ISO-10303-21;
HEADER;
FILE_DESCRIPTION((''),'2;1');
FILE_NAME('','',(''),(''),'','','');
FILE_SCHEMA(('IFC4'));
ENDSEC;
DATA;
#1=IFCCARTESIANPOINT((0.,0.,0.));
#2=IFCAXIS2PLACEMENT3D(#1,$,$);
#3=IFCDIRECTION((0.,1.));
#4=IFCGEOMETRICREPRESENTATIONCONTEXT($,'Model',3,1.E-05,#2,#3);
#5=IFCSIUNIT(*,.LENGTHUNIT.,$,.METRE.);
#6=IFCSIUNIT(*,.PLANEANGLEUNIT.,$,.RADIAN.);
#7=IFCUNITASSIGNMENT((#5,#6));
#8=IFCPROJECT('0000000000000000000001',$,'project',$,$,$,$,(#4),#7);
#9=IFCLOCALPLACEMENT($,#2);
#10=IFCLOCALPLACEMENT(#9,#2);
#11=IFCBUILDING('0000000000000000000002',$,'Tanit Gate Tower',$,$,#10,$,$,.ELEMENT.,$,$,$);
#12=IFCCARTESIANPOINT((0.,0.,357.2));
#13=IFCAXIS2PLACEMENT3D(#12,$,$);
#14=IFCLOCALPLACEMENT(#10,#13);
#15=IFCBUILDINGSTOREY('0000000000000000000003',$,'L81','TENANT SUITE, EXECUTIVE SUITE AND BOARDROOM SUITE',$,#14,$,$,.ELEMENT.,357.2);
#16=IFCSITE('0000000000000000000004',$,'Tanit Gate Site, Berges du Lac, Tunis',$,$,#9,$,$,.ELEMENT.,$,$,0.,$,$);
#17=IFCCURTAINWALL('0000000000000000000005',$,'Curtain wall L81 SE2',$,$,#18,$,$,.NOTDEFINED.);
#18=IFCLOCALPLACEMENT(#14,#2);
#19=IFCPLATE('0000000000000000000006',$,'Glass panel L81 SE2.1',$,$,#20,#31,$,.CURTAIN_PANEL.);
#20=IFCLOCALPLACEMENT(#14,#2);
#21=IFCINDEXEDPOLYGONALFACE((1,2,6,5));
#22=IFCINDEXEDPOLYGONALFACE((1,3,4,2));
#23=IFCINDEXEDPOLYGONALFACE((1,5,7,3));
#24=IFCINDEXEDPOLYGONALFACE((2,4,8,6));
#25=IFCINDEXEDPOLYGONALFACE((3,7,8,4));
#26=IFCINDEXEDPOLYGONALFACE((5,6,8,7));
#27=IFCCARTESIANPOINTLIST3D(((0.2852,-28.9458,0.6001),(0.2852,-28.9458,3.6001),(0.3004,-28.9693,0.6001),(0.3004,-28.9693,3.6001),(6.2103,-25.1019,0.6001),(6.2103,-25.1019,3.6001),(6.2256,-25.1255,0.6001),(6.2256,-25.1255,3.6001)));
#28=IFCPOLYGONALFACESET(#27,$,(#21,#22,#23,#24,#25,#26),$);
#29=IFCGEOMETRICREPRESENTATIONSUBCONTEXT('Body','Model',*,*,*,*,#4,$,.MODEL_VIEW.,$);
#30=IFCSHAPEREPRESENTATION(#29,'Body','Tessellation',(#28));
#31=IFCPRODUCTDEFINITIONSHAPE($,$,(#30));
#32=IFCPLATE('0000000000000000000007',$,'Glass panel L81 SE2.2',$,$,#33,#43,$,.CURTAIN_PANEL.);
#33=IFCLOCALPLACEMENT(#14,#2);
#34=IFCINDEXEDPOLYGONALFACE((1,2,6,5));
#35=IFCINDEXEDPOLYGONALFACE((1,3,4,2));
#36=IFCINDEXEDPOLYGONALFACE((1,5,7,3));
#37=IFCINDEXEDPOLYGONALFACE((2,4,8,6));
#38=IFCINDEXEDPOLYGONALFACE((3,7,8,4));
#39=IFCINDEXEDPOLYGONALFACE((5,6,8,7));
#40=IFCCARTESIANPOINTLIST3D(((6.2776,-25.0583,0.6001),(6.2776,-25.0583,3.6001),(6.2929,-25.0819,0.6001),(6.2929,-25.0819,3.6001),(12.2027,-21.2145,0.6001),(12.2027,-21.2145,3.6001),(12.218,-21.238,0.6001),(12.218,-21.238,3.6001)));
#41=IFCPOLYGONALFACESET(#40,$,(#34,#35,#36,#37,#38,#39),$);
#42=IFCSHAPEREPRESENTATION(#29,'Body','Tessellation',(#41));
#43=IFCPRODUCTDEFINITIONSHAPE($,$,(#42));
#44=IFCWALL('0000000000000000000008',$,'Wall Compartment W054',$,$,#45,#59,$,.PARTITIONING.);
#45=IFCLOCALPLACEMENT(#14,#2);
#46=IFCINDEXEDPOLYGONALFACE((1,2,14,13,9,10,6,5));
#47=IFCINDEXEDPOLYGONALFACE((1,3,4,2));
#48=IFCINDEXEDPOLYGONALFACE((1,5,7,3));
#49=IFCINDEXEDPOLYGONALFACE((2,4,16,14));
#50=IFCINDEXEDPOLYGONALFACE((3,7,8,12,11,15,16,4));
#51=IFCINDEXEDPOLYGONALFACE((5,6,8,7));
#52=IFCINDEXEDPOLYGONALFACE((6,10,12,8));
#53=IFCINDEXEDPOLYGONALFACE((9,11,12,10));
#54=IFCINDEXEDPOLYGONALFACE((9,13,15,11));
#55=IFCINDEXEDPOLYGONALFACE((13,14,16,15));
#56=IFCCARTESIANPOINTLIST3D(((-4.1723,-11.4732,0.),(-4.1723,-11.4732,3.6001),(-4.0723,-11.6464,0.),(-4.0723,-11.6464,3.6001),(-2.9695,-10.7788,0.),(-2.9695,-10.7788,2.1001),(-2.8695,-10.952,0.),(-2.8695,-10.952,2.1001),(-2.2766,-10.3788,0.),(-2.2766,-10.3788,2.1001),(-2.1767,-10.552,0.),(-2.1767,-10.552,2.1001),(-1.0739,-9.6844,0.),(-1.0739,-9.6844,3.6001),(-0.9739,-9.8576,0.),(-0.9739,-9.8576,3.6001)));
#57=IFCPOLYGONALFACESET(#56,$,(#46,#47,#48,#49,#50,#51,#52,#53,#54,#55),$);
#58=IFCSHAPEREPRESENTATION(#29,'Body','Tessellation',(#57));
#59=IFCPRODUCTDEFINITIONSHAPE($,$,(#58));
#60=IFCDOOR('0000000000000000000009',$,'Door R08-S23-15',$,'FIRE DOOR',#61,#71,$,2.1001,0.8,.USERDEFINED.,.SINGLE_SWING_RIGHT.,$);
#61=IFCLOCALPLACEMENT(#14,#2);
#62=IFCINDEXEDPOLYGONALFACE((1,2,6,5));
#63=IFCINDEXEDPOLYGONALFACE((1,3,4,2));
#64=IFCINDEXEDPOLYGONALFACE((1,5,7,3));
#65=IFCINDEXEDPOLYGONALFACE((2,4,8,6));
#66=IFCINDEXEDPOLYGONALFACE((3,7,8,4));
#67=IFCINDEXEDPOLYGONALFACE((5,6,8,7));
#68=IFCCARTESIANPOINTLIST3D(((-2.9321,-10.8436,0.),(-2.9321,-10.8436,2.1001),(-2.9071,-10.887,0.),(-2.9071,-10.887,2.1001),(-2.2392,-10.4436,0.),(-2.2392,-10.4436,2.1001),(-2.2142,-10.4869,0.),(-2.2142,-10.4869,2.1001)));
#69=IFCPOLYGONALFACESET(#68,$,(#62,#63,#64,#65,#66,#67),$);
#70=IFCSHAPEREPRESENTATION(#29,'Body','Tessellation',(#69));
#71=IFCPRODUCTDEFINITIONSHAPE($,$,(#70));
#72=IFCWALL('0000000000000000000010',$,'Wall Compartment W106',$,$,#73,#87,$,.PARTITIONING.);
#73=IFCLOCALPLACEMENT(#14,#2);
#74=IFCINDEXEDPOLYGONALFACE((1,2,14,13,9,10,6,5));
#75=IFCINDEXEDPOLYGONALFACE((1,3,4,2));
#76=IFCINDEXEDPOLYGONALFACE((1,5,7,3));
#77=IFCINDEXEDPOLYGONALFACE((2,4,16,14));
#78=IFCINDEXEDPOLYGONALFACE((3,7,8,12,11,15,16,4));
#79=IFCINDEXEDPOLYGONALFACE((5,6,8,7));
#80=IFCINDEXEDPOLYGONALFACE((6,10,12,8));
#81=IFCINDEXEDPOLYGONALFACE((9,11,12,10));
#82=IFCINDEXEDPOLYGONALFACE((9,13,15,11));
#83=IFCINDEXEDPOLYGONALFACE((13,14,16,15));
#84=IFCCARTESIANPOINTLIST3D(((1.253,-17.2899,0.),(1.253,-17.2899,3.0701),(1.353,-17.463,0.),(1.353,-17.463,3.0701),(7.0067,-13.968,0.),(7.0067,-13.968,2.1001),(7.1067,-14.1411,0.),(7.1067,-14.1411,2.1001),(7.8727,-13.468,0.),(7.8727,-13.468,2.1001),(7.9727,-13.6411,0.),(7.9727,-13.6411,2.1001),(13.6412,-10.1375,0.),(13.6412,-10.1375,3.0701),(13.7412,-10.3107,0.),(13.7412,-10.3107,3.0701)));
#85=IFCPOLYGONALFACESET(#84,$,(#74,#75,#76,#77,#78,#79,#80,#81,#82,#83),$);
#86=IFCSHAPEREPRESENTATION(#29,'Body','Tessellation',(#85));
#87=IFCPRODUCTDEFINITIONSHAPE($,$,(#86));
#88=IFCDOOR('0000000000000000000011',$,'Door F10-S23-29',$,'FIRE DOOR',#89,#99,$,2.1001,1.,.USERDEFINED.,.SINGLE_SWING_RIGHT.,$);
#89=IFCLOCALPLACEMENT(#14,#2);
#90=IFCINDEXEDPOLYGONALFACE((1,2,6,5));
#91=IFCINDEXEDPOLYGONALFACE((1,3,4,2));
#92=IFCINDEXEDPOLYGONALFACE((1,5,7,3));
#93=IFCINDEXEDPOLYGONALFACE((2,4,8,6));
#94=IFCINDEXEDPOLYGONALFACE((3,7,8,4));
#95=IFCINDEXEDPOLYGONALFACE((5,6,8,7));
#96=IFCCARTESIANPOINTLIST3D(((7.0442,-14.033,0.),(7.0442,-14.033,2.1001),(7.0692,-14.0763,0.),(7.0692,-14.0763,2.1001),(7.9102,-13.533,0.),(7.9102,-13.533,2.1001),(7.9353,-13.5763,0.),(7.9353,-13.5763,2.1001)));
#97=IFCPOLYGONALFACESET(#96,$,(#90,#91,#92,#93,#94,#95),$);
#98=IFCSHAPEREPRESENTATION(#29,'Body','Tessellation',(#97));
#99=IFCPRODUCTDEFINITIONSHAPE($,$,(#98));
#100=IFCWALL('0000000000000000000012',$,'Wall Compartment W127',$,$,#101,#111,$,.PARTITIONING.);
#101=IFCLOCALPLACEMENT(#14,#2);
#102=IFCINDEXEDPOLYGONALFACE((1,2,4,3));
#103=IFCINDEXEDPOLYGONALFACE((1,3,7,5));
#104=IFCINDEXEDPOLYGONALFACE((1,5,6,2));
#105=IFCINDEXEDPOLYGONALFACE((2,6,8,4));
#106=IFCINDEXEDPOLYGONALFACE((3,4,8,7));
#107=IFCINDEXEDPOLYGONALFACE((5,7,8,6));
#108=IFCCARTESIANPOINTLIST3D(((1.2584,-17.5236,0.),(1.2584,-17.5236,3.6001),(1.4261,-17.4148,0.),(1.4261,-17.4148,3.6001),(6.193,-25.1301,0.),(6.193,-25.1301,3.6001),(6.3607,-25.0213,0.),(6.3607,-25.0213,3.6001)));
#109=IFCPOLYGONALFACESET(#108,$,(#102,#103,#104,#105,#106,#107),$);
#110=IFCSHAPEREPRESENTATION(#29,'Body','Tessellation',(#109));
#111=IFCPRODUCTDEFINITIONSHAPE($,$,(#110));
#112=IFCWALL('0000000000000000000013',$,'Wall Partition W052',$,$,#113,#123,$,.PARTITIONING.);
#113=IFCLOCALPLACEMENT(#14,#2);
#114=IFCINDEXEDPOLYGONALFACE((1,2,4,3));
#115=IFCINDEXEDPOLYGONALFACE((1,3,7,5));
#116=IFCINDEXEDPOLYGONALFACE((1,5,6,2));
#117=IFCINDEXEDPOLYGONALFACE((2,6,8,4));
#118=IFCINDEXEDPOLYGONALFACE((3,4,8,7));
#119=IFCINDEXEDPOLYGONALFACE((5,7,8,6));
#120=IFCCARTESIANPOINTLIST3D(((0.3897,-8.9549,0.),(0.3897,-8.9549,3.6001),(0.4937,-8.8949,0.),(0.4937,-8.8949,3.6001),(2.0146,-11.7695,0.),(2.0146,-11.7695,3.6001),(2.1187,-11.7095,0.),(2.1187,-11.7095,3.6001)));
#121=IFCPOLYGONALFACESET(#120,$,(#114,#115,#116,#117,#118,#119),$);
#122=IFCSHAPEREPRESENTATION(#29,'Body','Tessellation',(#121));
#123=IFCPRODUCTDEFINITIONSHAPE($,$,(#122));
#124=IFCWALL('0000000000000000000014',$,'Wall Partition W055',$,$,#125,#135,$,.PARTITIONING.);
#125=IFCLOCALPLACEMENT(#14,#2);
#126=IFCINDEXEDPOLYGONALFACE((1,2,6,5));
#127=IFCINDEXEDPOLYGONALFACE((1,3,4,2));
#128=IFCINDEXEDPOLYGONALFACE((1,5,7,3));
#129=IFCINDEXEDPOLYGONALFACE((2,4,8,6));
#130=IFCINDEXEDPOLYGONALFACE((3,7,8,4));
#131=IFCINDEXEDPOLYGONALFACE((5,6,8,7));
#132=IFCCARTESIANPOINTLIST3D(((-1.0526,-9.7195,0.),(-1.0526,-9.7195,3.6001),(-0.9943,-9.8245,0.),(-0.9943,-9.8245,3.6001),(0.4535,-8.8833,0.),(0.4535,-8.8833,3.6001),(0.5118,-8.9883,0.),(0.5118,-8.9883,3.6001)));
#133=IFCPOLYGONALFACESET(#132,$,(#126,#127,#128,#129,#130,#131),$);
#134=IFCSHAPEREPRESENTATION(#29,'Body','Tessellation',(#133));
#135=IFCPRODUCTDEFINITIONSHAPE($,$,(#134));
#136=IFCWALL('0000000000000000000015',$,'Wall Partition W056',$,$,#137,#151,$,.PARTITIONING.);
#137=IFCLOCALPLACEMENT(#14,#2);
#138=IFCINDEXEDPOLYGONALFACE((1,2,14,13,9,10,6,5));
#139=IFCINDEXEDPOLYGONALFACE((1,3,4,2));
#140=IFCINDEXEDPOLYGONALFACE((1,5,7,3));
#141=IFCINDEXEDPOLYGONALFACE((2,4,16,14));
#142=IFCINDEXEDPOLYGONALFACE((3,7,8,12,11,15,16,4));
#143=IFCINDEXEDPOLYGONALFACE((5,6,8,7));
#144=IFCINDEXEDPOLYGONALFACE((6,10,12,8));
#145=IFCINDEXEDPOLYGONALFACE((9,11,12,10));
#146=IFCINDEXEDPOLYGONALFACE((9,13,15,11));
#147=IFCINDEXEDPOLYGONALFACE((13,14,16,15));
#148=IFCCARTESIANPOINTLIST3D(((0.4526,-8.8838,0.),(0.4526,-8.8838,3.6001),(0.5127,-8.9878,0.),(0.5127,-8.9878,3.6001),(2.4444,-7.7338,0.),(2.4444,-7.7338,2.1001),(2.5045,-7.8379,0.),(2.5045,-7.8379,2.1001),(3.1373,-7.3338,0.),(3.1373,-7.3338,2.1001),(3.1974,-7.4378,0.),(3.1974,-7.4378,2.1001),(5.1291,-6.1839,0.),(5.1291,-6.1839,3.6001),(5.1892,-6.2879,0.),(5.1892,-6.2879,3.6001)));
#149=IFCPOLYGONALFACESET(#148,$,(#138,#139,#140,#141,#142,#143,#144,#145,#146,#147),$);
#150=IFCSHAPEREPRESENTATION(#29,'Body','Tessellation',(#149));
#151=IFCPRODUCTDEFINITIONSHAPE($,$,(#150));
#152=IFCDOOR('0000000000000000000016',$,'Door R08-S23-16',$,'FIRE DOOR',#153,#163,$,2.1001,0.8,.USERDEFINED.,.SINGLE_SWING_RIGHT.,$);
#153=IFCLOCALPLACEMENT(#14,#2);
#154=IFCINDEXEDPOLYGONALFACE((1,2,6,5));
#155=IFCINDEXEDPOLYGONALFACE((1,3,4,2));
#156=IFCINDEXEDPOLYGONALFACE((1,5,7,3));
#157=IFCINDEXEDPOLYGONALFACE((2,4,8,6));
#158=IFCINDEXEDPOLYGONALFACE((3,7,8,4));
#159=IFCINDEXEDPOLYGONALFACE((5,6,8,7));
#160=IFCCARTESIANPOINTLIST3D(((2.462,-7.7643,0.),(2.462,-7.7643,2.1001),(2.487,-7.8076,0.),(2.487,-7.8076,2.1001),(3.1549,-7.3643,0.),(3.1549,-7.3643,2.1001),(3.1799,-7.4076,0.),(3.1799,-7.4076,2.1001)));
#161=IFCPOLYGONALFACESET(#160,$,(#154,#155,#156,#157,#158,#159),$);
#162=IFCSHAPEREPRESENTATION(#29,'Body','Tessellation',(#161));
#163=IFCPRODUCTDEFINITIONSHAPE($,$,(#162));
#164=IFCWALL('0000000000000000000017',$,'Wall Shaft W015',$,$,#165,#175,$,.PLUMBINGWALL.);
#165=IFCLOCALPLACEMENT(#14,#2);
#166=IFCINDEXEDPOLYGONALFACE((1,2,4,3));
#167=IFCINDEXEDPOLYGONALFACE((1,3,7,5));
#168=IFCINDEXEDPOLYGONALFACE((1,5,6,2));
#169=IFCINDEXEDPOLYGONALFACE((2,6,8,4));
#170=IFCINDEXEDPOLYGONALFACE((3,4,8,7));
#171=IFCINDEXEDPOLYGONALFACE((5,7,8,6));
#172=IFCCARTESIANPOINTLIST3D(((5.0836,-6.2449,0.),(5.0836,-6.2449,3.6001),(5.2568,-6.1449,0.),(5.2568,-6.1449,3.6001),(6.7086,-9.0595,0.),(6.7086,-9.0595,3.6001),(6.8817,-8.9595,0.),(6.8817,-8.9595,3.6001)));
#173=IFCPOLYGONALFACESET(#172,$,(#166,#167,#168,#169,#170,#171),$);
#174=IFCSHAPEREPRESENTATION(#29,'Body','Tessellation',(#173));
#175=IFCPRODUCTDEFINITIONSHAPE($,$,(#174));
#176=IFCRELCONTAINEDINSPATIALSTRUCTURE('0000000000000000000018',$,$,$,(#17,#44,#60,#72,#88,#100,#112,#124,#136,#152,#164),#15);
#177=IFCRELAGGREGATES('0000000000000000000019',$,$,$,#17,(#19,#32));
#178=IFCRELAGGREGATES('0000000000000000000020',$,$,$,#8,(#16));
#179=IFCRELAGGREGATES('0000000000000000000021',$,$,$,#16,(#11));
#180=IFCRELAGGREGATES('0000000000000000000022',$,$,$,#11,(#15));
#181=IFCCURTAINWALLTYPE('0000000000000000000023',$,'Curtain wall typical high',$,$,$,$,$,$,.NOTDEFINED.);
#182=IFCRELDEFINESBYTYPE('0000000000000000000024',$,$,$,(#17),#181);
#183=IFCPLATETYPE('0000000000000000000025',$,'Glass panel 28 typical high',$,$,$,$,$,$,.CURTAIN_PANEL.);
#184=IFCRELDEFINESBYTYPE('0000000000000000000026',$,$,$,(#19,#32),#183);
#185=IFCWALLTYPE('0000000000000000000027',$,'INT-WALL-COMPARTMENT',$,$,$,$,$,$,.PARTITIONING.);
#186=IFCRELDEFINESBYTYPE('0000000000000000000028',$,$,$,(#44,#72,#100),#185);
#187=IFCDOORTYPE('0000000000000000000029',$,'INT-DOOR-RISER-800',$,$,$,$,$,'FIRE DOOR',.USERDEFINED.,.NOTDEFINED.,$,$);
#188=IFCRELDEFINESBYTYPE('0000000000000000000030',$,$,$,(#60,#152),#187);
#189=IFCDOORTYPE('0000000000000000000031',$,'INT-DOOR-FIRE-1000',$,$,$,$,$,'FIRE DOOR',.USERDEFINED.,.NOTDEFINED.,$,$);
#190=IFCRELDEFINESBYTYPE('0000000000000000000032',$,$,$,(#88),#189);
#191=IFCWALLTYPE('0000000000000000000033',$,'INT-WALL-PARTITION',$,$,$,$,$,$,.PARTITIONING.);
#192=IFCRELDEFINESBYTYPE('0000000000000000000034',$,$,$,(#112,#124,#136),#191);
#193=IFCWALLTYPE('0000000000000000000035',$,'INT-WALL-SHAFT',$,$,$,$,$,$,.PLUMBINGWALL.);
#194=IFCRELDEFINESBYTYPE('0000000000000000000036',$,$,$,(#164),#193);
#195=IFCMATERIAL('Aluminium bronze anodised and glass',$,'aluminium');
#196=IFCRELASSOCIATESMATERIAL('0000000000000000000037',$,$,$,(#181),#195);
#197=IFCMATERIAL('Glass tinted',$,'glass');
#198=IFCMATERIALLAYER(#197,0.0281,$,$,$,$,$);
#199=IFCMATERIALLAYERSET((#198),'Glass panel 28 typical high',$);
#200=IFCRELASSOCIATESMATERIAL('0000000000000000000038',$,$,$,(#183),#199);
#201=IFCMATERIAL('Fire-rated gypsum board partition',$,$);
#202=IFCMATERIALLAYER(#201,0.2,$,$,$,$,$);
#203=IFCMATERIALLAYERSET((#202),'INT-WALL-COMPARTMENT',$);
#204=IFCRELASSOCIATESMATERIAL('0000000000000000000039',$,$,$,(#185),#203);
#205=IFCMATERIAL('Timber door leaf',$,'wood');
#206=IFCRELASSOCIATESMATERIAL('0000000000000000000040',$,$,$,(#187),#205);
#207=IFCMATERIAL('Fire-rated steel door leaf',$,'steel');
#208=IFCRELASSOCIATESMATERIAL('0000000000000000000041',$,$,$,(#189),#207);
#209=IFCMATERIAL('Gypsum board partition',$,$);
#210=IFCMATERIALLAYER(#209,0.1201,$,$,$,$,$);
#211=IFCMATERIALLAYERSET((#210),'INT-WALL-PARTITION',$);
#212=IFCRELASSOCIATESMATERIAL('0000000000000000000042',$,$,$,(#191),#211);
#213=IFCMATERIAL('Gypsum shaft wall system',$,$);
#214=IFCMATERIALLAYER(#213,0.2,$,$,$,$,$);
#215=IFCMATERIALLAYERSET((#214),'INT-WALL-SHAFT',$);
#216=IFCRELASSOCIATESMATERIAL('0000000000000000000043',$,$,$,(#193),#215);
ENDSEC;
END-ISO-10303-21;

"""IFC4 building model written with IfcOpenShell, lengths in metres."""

from ifc_helpers import new_model, si_unit, direction, frame, frame_2d, origin, origin_2d, place, context, subcontext, project, spatial, rectangle, extrude, material, layer, layer_set, type_object, element, fill, aggregate, save


model = new_model("IFC4")

# Units and contexts
model_context = context("Model", 3, precision=1e-05, world=origin(), true_north=direction((0.0, 1.0)))
body_context = subcontext(model_context, "Body", "Model", "MODEL_VIEW")
ifc_project = project(units=[si_unit("LENGTHUNIT", "METRE"), si_unit("PLANEANGLEUNIT", "RADIAN")], contexts=[model_context])

# Site, building, storey
site_placement = place(None, origin())
site = spatial("IfcSite", under=ifc_project, at=site_placement, Name="Tanit Gate Site, Berges du Lac, Tunis", CompositionType="ELEMENT", RefElevation=0.0)
building_placement = place(site_placement, origin())
building = spatial("IfcBuilding", under=site, at=building_placement, Name="Tanit Gate Tower", CompositionType="ELEMENT")
storey_placement = place(building_placement, frame((0.0, 0.0, 357.2)))
storey = spatial("IfcBuildingStorey", under=building, at=storey_placement, Name="L81", Description="TENANT SUITE, EXECUTIVE SUITE AND BOARDROOM SUITE", CompositionType="ELEMENT", Elevation=357.2)

# Curtain wall
ifc_material_1 = material(Name="Aluminium bronze anodised and glass", Category="aluminium")
curtain_wall_type = type_object("IfcCurtainWallType", Name="Curtain wall typical high", PredefinedType="NOTDEFINED", material=ifc_material_1)
curtain_wall_1_placement = place(storey_placement, origin())
curtain_wall_1 = element("IfcCurtainWall", 1, at=curtain_wall_1_placement, inside=storey, type_object=curtain_wall_type, Name="Curtain wall L81 SE2", PredefinedType="NOTDEFINED")

# Plates
ifc_material_2 = material(Name="Glass tinted", Category="glass")
ifc_layer_1 = layer(ifc_material_2, 0.0281)
ifc_layer_set_1 = layer_set([ifc_layer_1], Name="Glass panel 28 typical high")
plate_type = type_object("IfcPlateType", Name="Glass panel 28 typical high", PredefinedType="CURTAIN_PANEL", material=ifc_layer_set_1)
plate_1_placement = place(storey_placement, frame((3.2554, -27.0356, 0.6001), z_axis=(0.0, 0.0, 1.0), x_axis=(0.838927, 0.544243, 0.0)))
plate_1 = element("IfcPlate", 2, at=plate_1_placement, type_object=plate_type, Name="Glass panel L81 SE2.1", PredefinedType="CURTAIN_PANEL", context=body_context, shape_type="SweptSolid", body=[
    extrude(rectangle(XDim=7.0627, YDim=0.0281, at=origin_2d()), origin(), (0.0, 0.0, 1.0), 3.0),
])
plate_2_placement = place(storey_placement, frame((9.2478, -23.1482, 0.6001), z_axis=(0.0, 0.0, 1.0), x_axis=(0.838927, 0.544243, 0.0)))
plate_2 = element("IfcPlate", 3, at=plate_2_placement, type_object=plate_type, Name="Glass panel L81 SE2.2", PredefinedType="CURTAIN_PANEL", context=body_context, shape_type="SweptSolid", body=[
    extrude(rectangle(XDim=7.0627, YDim=0.0281, at=origin_2d()), origin(), (0.0, 0.0, 1.0), 3.0),
])
aggregate(curtain_wall_1, [plate_1, plate_2])

# Walls, openings, doors
ifc_material_3 = material(Name="Fire-rated gypsum board partition")
ifc_layer_2 = layer(ifc_material_3, 0.2)
ifc_layer_set_2 = layer_set([ifc_layer_2], Name="INT-WALL-COMPARTMENT")
wall_type_1 = type_object("IfcWallType", Name="INT-WALL-COMPARTMENT", PredefinedType="PARTITIONING", material=ifc_layer_set_2)
wall_1_placement = place(storey_placement, frame((-1.0239, -9.771, 0.0), z_axis=(0.0, 0.0, 1.0), x_axis=(-0.86603, -0.499992, 0.0)))
wall_1 = element("IfcWall", 4, at=wall_1_placement, inside=storey, type_object=wall_type_1, Name="Wall Compartment W054", PredefinedType="PARTITIONING", context=body_context, shape_type="SweptSolid", body=[
    extrude(rectangle(XDim=3.5776, YDim=0.2, at=frame_2d((1.7888, 0.0))), origin(), (0.0, 0.0, 1.0), 3.6001),
])
opening_1_placement = place(wall_1_placement, frame((1.3889, 0.0, 0.0)))
opening_1 = element("IfcOpeningElement", 5, at=opening_1_placement, cuts=wall_1, PredefinedType="OPENING", context=body_context, shape_type="SweptSolid", body=[
    extrude(rectangle(XDim=0.8, YDim=2.1001, at=frame_2d((0.3999, 1.05))), frame((0.0, 0.1099, 0.0), z_axis=(0.0, -1.0, 0.0), x_axis=(1.0, 0.0, 0.0)), (0.0, 0.0, 1.0), 0.22),
])
ifc_material_4 = material(Name="Timber door leaf", Category="wood")
door_type_1 = type_object("IfcDoorType", Name="INT-DOOR-RISER-800", ElementType="FIRE DOOR", OperationType="NOTDEFINED", PredefinedType="USERDEFINED", material=ifc_material_4)
door_1_placement = place(opening_1_placement, origin())
door_1 = element("IfcDoor", 6, at=door_1_placement, inside=storey, type_object=door_type_1, Name="Door R08-S23-15", ObjectType="FIRE DOOR", OperationType="SINGLE_SWING_RIGHT", OverallHeight=2.1001, OverallWidth=0.8, PredefinedType="USERDEFINED", context=body_context, shape_type="SweptSolid", body=[
    extrude(rectangle(XDim=0.8, YDim=2.1001, at=frame_2d((0.3999, 1.05))), frame((0.0, 0.0249, 0.0), z_axis=(0.0, -1.0, 0.0), x_axis=(1.0, 0.0, 0.0)), (0.0, 0.0, 1.0), 0.05),
])
fill(opening_1, door_1)
wall_2_placement = place(storey_placement, frame((1.303, -17.3765, 0.0), z_axis=(0.0, 0.0, 1.0), x_axis=(0.866025, 0.500001, 0.0)))
wall_2 = element("IfcWall", 7, at=wall_2_placement, inside=storey, type_object=wall_type_1, Name="Wall Compartment W106", PredefinedType="PARTITIONING", context=body_context, shape_type="SweptSolid", body=[
    extrude(rectangle(XDim=14.3047, YDim=0.2, at=frame_2d((7.1523, 0.0))), origin(), (0.0, 0.0, 1.0), 3.0701),
])
opening_2_placement = place(wall_2_placement, frame((6.6438, 0.0, 0.0)))
opening_2 = element("IfcOpeningElement", 8, at=opening_2_placement, cuts=wall_2, PredefinedType="OPENING", context=body_context, shape_type="SweptSolid", body=[
    extrude(rectangle(XDim=1.0, YDim=2.1001, at=frame_2d((0.5, 1.05))), frame((0.0, 0.1099, 0.0), z_axis=(0.0, -1.0, 0.0), x_axis=(1.0, 0.0, 0.0)), (0.0, 0.0, 1.0), 0.22),
])
ifc_material_5 = material(Name="Fire-rated steel door leaf", Category="steel")
door_type_2 = type_object("IfcDoorType", Name="INT-DOOR-FIRE-1000", ElementType="FIRE DOOR", OperationType="NOTDEFINED", PredefinedType="USERDEFINED", material=ifc_material_5)
door_2_placement = place(opening_2_placement, origin())
door_2 = element("IfcDoor", 9, at=door_2_placement, inside=storey, type_object=door_type_2, Name="Door F10-S23-29", ObjectType="FIRE DOOR", OperationType="SINGLE_SWING_RIGHT", OverallHeight=2.1001, OverallWidth=1.0, PredefinedType="USERDEFINED", context=body_context, shape_type="SweptSolid", body=[
    extrude(rectangle(XDim=1.0, YDim=2.1001, at=frame_2d((0.5, 1.05))), frame((0.0, 0.0249, 0.0), z_axis=(0.0, -1.0, 0.0), x_axis=(1.0, 0.0, 0.0)), (0.0, 0.0, 1.0), 0.05),
])
fill(opening_2, door_2)

# Walls
wall_3_placement = place(storey_placement, frame((6.2769, -25.0757, 0.0), z_axis=(0.0, 0.0, 1.0), x_axis=(-0.544242, 0.838928, 0.0)))
element("IfcWall", 10, at=wall_3_placement, inside=storey, type_object=wall_type_1, Name="Wall Compartment W127", PredefinedType="PARTITIONING", context=body_context, shape_type="SweptSolid", body=[
    extrude(rectangle(XDim=9.0669, YDim=0.2, at=frame_2d((4.5334, 0.0))), origin(), (0.0, 0.0, 1.0), 3.6001),
])
ifc_material_6 = material(Name="Gypsum board partition")
ifc_layer_3 = layer(ifc_material_6, 0.1201)
ifc_layer_set_3 = layer_set([ifc_layer_3], Name="INT-WALL-PARTITION")
wall_type_2 = type_object("IfcWallType", Name="INT-WALL-PARTITION", PredefinedType="PARTITIONING", material=ifc_layer_set_3)
wall_4_placement = place(storey_placement, frame((2.0667, -11.7395, 0.0), z_axis=(0.0, 0.0, 1.0), x_axis=(-0.499985, 0.866034, 0.0)))
element("IfcWall", 11, at=wall_4_placement, inside=storey, type_object=wall_type_2, Name="Wall Partition W052", PredefinedType="PARTITIONING", context=body_context, shape_type="SweptSolid", body=[
    extrude(rectangle(XDim=3.25, YDim=0.1201, at=frame_2d((1.625, 0.0))), origin(), (0.0, 0.0, 1.0), 3.6001),
])
wall_5_placement = place(storey_placement, frame((-1.0234, -9.772, 0.0), z_axis=(0.0, 0.0, 1.0), x_axis=(0.874291, 0.485402, 0.0)))
element("IfcWall", 12, at=wall_5_placement, inside=storey, type_object=wall_type_2, Name="Wall Partition W055", PredefinedType="PARTITIONING", context=body_context, shape_type="SweptSolid", body=[
    extrude(rectangle(XDim=1.7227, YDim=0.1201, at=frame_2d((0.8613, 0.0))), origin(), (0.0, 0.0, 1.0), 3.6001),
])

# Wall, opening, door
wall_6_placement = place(storey_placement, frame((0.4827, -8.9358, 0.0), z_axis=(0.0, 0.0, 1.0), x_axis=(0.866028, 0.499995, 0.0)))
wall_6 = element("IfcWall", 13, at=wall_6_placement, inside=storey, type_object=wall_type_2, Name="Wall Partition W056", PredefinedType="PARTITIONING", context=body_context, shape_type="SweptSolid", body=[
    extrude(rectangle(XDim=5.3999, YDim=0.1201, at=frame_2d((2.7, 0.0))), origin(), (0.0, 0.0, 1.0), 3.6001),
])
opening_3_placement = place(wall_6_placement, frame((2.3, 0.0, 0.0)))
opening_3 = element("IfcOpeningElement", 14, at=opening_3_placement, cuts=wall_6, PredefinedType="OPENING", context=body_context, shape_type="SweptSolid", body=[
    extrude(rectangle(XDim=0.8, YDim=2.1001, at=frame_2d((0.3999, 1.05))), frame((0.0, 0.0701, 0.0), z_axis=(0.0, -1.0, 0.0), x_axis=(1.0, 0.0, 0.0)), (0.0, 0.0, 1.0), 0.1401),
])
door_3_placement = place(opening_3_placement, origin())
door_3 = element("IfcDoor", 15, at=door_3_placement, inside=storey, type_object=door_type_1, Name="Door R08-S23-16", ObjectType="FIRE DOOR", OperationType="SINGLE_SWING_RIGHT", OverallHeight=2.1001, OverallWidth=0.8, PredefinedType="USERDEFINED", context=body_context, shape_type="SweptSolid", body=[
    extrude(rectangle(XDim=0.8, YDim=2.1001, at=frame_2d((0.3999, 1.05))), frame((0.0, 0.0249, 0.0), z_axis=(0.0, -1.0, 0.0), x_axis=(1.0, 0.0, 0.0)), (0.0, 0.0, 1.0), 0.05),
])
fill(opening_3, door_3)

# Wall
ifc_material_7 = material(Name="Gypsum shaft wall system")
ifc_layer_4 = layer(ifc_material_7, 0.2)
ifc_layer_set_4 = layer_set([ifc_layer_4], Name="INT-WALL-SHAFT")
wall_type_3 = type_object("IfcWallType", Name="INT-WALL-SHAFT", PredefinedType="PLUMBINGWALL", material=ifc_layer_set_4)
wall_7_placement = place(storey_placement, frame((6.7952, -9.0095, 0.0), z_axis=(0.0, 0.0, 1.0), x_axis=(-0.499985, 0.866034, 0.0)))
element("IfcWall", 16, at=wall_7_placement, inside=storey, type_object=wall_type_3, Name="Wall Shaft W015", PredefinedType="PLUMBINGWALL", context=body_context, shape_type="SweptSolid", body=[
    extrude(rectangle(XDim=3.25, YDim=0.2, at=frame_2d((1.625, 0.0))), origin(), (0.0, 0.0, 1.0), 3.6001),
])

save(model, "model.ifc")
